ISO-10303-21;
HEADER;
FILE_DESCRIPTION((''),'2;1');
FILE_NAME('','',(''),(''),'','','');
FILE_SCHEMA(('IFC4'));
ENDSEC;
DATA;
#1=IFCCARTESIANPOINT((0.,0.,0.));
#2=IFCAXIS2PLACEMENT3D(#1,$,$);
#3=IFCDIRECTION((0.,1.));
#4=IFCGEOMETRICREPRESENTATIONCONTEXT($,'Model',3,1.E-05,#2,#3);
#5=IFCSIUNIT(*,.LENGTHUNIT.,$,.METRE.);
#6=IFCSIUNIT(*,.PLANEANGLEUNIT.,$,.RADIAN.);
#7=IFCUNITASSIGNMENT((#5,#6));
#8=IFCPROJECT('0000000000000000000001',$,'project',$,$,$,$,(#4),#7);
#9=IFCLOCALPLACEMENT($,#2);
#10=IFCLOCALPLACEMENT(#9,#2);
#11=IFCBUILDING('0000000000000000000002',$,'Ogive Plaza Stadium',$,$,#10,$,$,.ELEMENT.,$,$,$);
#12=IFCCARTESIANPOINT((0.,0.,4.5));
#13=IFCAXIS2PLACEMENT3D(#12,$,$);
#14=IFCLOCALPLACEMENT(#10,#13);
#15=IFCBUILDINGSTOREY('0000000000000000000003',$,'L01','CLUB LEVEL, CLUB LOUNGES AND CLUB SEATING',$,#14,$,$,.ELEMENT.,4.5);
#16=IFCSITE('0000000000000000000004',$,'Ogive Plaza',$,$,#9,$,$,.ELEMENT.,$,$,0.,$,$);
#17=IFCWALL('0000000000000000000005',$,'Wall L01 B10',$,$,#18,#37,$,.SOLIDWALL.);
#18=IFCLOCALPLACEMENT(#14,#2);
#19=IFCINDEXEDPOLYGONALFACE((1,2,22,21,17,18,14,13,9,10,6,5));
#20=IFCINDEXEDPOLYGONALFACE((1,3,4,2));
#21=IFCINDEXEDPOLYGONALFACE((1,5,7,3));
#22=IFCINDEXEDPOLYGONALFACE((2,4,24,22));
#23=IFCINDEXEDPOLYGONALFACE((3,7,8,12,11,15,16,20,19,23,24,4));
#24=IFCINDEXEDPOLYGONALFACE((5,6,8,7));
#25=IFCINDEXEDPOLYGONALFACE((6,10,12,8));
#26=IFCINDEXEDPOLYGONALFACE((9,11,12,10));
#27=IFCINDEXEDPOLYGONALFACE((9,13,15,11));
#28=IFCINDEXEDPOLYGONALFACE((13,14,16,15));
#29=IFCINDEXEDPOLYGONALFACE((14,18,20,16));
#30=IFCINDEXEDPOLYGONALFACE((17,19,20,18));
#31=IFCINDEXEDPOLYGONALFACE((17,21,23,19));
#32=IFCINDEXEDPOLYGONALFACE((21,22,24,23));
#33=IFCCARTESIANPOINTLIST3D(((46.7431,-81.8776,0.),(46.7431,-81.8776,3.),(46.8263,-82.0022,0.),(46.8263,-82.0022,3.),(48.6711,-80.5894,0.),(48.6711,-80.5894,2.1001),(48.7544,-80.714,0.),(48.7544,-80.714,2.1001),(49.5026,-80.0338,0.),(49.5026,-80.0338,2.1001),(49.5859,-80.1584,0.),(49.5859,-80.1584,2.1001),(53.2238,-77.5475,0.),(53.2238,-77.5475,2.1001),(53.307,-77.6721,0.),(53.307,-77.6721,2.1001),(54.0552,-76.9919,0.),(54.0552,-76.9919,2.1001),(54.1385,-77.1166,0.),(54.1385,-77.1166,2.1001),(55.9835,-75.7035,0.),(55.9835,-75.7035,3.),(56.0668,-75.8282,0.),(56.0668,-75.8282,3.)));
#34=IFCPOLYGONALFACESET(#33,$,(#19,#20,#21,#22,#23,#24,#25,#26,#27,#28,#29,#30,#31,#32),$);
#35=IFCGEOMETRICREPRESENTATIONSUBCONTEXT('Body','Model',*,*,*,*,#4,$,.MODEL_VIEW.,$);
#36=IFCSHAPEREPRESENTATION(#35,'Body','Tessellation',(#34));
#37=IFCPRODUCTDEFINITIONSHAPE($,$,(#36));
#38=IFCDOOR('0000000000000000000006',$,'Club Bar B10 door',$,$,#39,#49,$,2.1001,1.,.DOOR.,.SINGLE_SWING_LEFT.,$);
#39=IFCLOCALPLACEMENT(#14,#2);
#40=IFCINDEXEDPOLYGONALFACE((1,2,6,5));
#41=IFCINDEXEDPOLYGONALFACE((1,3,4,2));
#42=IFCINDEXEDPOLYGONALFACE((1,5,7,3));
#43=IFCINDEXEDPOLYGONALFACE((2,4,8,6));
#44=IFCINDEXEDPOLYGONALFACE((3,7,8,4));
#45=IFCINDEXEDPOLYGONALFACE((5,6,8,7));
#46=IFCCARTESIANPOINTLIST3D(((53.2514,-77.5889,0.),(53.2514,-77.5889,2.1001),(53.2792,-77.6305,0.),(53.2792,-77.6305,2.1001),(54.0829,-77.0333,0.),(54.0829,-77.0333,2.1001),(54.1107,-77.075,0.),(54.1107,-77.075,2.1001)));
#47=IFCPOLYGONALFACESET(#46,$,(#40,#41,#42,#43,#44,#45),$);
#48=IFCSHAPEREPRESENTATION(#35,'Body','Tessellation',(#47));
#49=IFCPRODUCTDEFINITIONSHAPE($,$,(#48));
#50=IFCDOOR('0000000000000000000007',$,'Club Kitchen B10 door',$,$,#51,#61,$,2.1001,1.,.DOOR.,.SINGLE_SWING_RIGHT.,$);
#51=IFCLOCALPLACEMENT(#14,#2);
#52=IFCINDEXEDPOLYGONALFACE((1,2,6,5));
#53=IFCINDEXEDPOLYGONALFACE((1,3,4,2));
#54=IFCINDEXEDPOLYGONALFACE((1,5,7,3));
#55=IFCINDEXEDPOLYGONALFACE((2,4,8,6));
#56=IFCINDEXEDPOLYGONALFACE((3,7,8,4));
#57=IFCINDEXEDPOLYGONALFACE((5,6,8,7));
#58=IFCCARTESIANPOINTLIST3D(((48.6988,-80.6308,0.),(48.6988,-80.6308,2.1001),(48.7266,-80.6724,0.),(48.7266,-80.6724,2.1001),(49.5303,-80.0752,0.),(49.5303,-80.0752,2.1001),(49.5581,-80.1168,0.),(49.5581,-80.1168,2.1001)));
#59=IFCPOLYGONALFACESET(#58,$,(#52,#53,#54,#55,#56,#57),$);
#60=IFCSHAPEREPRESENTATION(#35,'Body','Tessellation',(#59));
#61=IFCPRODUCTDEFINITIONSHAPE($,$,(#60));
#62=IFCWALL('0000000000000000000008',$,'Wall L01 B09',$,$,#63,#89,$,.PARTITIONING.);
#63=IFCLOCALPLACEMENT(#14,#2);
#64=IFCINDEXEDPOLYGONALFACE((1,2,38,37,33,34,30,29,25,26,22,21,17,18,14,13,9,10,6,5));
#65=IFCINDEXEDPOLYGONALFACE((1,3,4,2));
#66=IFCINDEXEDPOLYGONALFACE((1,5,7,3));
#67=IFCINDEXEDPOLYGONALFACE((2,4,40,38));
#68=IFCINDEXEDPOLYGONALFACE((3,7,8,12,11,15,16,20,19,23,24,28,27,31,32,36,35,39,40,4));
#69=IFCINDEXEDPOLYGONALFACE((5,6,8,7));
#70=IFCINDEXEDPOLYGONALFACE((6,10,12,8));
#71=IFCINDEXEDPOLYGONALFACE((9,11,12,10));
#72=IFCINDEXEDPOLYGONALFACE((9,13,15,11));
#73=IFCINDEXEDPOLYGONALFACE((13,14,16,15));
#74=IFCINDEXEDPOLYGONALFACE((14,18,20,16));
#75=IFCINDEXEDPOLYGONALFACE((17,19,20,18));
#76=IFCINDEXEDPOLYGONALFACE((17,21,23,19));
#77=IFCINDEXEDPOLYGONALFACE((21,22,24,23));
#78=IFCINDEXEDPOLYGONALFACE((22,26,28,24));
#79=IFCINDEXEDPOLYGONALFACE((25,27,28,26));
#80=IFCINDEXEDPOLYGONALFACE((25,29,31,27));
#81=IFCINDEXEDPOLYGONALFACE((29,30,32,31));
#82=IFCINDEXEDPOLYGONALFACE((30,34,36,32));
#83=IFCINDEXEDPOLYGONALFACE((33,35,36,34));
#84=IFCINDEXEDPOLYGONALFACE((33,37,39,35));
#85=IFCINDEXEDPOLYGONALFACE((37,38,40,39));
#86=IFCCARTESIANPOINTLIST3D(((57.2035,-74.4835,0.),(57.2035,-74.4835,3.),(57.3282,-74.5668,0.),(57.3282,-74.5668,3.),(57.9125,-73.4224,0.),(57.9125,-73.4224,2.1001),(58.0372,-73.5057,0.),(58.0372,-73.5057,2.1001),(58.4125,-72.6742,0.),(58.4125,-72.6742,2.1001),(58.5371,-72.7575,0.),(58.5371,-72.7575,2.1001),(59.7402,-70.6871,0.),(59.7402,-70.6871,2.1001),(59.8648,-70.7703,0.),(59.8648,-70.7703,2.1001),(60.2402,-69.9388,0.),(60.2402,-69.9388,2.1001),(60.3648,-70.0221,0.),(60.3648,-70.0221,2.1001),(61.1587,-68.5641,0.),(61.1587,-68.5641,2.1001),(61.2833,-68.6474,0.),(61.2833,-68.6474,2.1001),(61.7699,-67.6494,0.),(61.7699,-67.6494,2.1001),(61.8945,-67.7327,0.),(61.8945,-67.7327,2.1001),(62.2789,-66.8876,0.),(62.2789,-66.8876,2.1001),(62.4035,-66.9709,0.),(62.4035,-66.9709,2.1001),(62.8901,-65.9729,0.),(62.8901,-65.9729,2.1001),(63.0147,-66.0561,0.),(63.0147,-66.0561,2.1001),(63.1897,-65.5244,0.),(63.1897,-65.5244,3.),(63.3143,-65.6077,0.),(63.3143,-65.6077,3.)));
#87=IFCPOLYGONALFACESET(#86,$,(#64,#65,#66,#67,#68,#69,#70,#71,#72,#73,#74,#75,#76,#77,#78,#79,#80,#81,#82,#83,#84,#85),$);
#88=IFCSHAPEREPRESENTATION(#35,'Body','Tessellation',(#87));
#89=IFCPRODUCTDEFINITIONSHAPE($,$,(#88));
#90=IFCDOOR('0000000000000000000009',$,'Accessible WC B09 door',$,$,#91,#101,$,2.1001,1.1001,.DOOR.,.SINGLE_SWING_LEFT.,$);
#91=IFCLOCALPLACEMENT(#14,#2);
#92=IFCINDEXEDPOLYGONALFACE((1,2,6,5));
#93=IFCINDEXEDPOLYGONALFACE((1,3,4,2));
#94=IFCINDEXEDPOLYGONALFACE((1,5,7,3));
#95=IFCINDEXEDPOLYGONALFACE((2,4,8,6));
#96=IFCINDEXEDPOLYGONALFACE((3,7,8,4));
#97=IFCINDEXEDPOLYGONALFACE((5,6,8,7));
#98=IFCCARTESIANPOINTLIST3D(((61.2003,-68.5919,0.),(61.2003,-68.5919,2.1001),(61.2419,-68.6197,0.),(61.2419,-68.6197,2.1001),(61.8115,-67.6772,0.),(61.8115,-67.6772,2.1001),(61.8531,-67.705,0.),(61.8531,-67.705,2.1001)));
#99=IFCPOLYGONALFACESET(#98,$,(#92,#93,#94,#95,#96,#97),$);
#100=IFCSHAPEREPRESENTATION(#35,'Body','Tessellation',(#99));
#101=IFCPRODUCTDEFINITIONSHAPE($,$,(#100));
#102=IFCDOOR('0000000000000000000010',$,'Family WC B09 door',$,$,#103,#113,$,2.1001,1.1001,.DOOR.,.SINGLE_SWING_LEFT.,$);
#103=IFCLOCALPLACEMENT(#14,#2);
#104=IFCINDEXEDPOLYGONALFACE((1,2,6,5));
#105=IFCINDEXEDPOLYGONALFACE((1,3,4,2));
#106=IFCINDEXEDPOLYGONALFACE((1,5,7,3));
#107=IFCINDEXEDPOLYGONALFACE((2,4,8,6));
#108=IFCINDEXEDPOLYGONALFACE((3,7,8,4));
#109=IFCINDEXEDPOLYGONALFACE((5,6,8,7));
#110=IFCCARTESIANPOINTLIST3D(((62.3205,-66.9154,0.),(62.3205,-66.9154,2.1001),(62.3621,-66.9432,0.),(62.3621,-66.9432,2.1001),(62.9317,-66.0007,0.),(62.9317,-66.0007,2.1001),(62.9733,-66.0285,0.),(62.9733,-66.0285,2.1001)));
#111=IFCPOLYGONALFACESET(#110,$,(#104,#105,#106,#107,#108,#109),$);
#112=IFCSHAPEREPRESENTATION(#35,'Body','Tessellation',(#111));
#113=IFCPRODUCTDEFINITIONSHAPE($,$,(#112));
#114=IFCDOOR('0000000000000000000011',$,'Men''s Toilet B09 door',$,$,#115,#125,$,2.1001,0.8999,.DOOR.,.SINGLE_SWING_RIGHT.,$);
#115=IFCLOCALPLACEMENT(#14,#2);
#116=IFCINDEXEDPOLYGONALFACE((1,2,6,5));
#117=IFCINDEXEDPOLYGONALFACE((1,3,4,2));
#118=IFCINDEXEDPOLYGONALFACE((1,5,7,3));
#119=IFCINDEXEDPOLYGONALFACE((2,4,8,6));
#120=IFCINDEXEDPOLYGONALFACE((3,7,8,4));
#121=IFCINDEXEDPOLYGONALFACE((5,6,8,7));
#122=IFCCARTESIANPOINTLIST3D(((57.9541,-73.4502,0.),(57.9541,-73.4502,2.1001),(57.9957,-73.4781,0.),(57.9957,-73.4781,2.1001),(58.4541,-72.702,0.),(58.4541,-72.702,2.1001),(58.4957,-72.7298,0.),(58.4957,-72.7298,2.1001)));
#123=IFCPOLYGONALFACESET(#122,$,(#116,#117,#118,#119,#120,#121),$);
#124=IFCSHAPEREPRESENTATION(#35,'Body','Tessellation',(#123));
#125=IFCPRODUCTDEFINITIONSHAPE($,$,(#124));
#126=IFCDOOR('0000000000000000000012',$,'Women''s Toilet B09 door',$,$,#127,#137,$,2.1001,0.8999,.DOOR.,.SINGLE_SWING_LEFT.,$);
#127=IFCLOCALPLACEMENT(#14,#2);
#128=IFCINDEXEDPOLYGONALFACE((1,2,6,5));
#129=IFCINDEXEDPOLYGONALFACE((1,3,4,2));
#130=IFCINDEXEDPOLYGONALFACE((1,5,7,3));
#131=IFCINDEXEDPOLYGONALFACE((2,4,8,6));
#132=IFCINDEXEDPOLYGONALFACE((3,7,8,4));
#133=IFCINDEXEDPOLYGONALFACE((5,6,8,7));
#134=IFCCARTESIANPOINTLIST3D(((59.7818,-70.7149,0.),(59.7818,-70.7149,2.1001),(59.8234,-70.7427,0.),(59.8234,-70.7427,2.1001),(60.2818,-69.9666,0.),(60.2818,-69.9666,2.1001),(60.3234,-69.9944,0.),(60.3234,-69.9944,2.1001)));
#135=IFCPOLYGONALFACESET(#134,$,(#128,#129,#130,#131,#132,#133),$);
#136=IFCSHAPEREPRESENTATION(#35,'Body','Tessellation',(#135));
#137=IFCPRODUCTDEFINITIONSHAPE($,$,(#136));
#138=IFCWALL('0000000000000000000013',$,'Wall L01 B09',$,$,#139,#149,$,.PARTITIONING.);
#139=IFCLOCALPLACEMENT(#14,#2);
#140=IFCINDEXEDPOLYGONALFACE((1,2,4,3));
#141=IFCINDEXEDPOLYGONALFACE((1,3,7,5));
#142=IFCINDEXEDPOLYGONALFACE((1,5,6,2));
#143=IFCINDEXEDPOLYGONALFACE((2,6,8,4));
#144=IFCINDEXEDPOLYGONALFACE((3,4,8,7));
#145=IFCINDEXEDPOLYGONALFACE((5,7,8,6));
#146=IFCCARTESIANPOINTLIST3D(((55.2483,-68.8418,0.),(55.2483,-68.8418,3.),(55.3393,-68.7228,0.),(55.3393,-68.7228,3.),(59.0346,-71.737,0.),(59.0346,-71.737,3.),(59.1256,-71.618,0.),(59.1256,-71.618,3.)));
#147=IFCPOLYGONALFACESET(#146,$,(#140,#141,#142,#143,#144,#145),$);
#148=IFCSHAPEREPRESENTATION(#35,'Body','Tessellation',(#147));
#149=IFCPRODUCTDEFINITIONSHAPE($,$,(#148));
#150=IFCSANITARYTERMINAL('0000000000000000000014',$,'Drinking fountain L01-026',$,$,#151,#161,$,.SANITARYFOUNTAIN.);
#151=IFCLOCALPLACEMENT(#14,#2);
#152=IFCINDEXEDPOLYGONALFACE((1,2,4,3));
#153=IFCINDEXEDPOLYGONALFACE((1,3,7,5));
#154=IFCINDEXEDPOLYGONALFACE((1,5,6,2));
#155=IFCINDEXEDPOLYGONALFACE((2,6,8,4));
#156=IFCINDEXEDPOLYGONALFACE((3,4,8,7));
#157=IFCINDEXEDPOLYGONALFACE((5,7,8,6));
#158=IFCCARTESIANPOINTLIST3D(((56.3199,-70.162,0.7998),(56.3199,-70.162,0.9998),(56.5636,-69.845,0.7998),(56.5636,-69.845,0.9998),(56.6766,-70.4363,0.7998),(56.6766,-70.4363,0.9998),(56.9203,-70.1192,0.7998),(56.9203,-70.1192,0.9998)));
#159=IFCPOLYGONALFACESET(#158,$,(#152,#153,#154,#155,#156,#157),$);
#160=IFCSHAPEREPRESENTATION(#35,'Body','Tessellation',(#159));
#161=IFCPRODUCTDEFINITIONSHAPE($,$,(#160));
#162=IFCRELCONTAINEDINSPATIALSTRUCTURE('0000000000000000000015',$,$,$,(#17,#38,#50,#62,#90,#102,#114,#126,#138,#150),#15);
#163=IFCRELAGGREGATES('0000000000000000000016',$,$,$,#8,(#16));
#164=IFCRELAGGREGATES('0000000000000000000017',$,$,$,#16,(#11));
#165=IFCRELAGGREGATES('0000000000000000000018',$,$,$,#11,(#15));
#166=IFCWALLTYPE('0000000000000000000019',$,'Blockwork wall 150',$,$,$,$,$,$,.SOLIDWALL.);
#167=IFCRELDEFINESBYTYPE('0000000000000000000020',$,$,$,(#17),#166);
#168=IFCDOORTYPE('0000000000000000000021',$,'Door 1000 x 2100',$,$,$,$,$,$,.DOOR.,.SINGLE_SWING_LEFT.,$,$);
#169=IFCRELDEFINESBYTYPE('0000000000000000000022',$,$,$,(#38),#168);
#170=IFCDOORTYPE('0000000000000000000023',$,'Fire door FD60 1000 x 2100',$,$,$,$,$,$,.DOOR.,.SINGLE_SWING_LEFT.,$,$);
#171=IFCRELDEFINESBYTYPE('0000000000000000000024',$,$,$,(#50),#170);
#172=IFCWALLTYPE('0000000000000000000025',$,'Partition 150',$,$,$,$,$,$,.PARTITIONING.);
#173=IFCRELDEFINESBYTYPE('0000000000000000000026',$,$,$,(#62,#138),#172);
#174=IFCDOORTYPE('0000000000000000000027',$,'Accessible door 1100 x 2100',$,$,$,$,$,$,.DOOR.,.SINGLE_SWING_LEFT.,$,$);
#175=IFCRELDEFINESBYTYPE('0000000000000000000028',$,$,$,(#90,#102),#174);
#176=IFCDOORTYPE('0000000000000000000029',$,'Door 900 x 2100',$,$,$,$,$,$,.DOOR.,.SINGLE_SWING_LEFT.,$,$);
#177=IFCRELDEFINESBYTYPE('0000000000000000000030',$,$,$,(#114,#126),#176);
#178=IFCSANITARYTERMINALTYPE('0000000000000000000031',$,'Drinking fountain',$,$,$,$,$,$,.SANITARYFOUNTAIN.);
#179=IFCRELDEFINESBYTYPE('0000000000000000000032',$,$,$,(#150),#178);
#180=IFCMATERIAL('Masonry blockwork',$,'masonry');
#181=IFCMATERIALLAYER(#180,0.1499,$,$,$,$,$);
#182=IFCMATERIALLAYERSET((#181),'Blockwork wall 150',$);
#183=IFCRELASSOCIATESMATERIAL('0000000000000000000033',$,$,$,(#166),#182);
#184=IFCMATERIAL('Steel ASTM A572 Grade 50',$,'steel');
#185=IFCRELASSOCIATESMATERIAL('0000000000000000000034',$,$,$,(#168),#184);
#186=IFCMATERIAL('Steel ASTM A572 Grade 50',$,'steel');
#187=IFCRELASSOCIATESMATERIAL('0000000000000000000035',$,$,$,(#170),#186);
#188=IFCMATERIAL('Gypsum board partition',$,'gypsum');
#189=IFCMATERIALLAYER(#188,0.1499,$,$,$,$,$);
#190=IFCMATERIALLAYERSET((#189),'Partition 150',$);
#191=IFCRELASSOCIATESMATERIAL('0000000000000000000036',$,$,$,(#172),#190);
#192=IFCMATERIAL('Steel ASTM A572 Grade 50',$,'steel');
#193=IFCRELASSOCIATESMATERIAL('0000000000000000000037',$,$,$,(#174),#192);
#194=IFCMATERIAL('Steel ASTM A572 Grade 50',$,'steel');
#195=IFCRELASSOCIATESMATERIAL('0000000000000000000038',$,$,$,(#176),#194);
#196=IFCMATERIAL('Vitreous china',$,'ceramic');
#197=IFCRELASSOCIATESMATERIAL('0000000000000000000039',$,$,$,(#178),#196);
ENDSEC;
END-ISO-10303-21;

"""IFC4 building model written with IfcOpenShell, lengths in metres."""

from ifc_helpers import new_model, si_unit, direction, frame, frame_2d, origin, origin_2d, place, context, subcontext, project, spatial, rectangle, extrude, material, layer, layer_set, type_object, element, fill, save


model = new_model("IFC4")

# Units and contexts
model_context = context("Model", 3, precision=1e-05, world=origin(), true_north=direction((0.0, 1.0)))
body_context = subcontext(model_context, "Body", "Model", "MODEL_VIEW")
ifc_project = project(units=[si_unit("LENGTHUNIT", "METRE"), si_unit("PLANEANGLEUNIT", "RADIAN")], contexts=[model_context])

# Site, building, storey
site_placement = place(None, origin())
site = spatial("IfcSite", under=ifc_project, at=site_placement, Name="Ogive Plaza", CompositionType="ELEMENT", RefElevation=0.0)
building_placement = place(site_placement, origin())
building = spatial("IfcBuilding", under=site, at=building_placement, Name="Ogive Plaza Stadium", CompositionType="ELEMENT")
storey_placement = place(building_placement, frame((0.0, 0.0, 4.5)))
storey = spatial("IfcBuildingStorey", under=building, at=storey_placement, Name="L01", Description="CLUB LEVEL, CLUB LOUNGES AND CLUB SEATING", CompositionType="ELEMENT", Elevation=4.5)

# Walls, openings, doors
ifc_material_1 = material(Name="Masonry blockwork", Category="masonry")
ifc_layer_1 = layer(ifc_material_1, 0.1499)
ifc_layer_set_1 = layer_set([ifc_layer_1], Name="Blockwork wall 150")
wall_type_1 = type_object("IfcWallType", Name="Blockwork wall 150", PredefinedType="SOLIDWALL", material=ifc_layer_set_1)
wall_1_placement = place(storey_placement, frame((56.0251, -75.7659, 0.0), z_axis=(0.0, 0.0, 1.0), x_axis=(-0.831479, -0.555557, 0.0)))
wall_1 = element("IfcWall", 1, at=wall_1_placement, inside=storey, type_object=wall_type_1, Name="Wall L01 B10", PredefinedType="SOLIDWALL", context=body_context, shape_type="SweptSolid", body=[
    extrude(rectangle(XDim=11.1133, YDim=0.1499, at=frame_2d((5.5566, 0.0))), origin(), (0.0, 0.0, 1.0), 3.0),
])
opening_1_placement = place(wall_1_placement, frame((2.3191, 0.0, 0.0)))
opening_1 = element("IfcOpeningElement", 2, at=opening_1_placement, cuts=wall_1, PredefinedType="OPENING", context=body_context, shape_type="SweptSolid", body=[
    extrude(rectangle(XDim=1.0, YDim=2.1001, at=frame_2d((0.5, 1.05))), frame((0.0, 0.075, 0.0), z_axis=(0.0, -1.0, 0.0), x_axis=(1.0, 0.0, 0.0)), (0.0, 0.0, 1.0), 0.1499),
])
opening_2_placement = place(wall_1_placement, frame((7.7944, 0.0, 0.0)))
opening_2 = element("IfcOpeningElement", 3, at=opening_2_placement, cuts=wall_1, PredefinedType="OPENING", context=body_context, shape_type="SweptSolid", body=[
    extrude(rectangle(XDim=1.0, YDim=2.1001, at=frame_2d((0.5, 1.05))), frame((0.0, 0.075, 0.0), z_axis=(0.0, -1.0, 0.0), x_axis=(1.0, 0.0, 0.0)), (0.0, 0.0, 1.0), 0.1499),
])
ifc_material_2 = material(Name="Steel ASTM A572 Grade 50", Category="steel")
door_type_1 = type_object("IfcDoorType", Name="Door 1000 x 2100", OperationType="SINGLE_SWING_LEFT", PredefinedType="DOOR", material=ifc_material_2)
door_1_placement = place(opening_1_placement, origin())
door_1 = element("IfcDoor", 4, at=door_1_placement, inside=storey, type_object=door_type_1, Name="Club Bar B10 door", OperationType="SINGLE_SWING_LEFT", OverallHeight=2.1001, OverallWidth=1.0, PredefinedType="DOOR", context=body_context, shape_type="SweptSolid", body=[
    extrude(rectangle(XDim=1.0, YDim=2.1001, at=frame_2d((0.5, 1.05))), frame((0.0, 0.0249, 0.0), z_axis=(0.0, -1.0, 0.0), x_axis=(1.0, 0.0, 0.0)), (0.0, 0.0, 1.0), 0.05),
])
fill(opening_1, door_1)
ifc_material_3 = material(Name="Steel ASTM A572 Grade 50", Category="steel")
door_type_2 = type_object("IfcDoorType", Name="Fire door FD60 1000 x 2100", OperationType="SINGLE_SWING_LEFT", PredefinedType="DOOR", material=ifc_material_3)
door_2_placement = place(opening_2_placement, origin())
door_2 = element("IfcDoor", 5, at=door_2_placement, inside=storey, type_object=door_type_2, Name="Club Kitchen B10 door", OperationType="SINGLE_SWING_RIGHT", OverallHeight=2.1001, OverallWidth=1.0, PredefinedType="DOOR", context=body_context, shape_type="SweptSolid", body=[
    extrude(rectangle(XDim=1.0, YDim=2.1001, at=frame_2d((0.5, 1.05))), frame((0.0, 0.0249, 0.0), z_axis=(0.0, -1.0, 0.0), x_axis=(1.0, 0.0, 0.0)), (0.0, 0.0, 1.0), 0.05),
])
fill(opening_2, door_2)
ifc_material_4 = material(Name="Gypsum board partition", Category="gypsum")
ifc_layer_2 = layer(ifc_material_4, 0.1499)
ifc_layer_set_2 = layer_set([ifc_layer_2], Name="Partition 150")
wall_type_2 = type_object("IfcWallType", Name="Partition 150", PredefinedType="PARTITIONING", material=ifc_layer_set_2)
wall_2_placement = place(storey_placement, frame((57.2659, -74.5251, 0.0), z_axis=(0.0, 0.0, 1.0), x_axis=(0.555563, 0.831475, 0.0)))
wall_2 = element("IfcWall", 6, at=wall_2_placement, inside=storey, type_object=wall_type_2, Name="Wall L01 B09", PredefinedType="PARTITIONING", context=body_context, shape_type="SweptSolid", body=[
    extrude(rectangle(XDim=10.7749, YDim=0.1499, at=frame_2d((5.3875, 0.0))), origin(), (0.0, 0.0, 1.0), 3.0),
])
opening_3_placement = place(wall_2_placement, frame((1.2761, 0.0, 0.0)))
opening_3 = element("IfcOpeningElement", 7, at=opening_3_placement, cuts=wall_2, PredefinedType="OPENING", context=body_context, shape_type="SweptSolid", body=[
    extrude(rectangle(XDim=0.8999, YDim=2.1001, at=frame_2d((0.45, 1.05))), frame((0.0, 0.075, 0.0), z_axis=(0.0, -1.0, 0.0), x_axis=(1.0, 0.0, 0.0)), (0.0, 0.0, 1.0), 0.1499),
])
opening_4_placement = place(wall_2_placement, frame((4.5659, 0.0, 0.0)))
opening_4 = element("IfcOpeningElement", 8, at=opening_4_placement, cuts=wall_2, PredefinedType="OPENING", context=body_context, shape_type="SweptSolid", body=[
    extrude(rectangle(XDim=0.8999, YDim=2.1001, at=frame_2d((0.45, 1.05))), frame((0.0, 0.075, 0.0), z_axis=(0.0, -1.0, 0.0), x_axis=(1.0, 0.0, 0.0)), (0.0, 0.0, 1.0), 0.1499),
])
opening_5_placement = place(wall_2_placement, frame((7.1191, 0.0, 0.0)))
opening_5 = element("IfcOpeningElement", 9, at=opening_5_placement, cuts=wall_2, PredefinedType="OPENING", context=body_context, shape_type="SweptSolid", body=[
    extrude(rectangle(XDim=1.1001, YDim=2.1001, at=frame_2d((0.55, 1.05))), frame((0.0, 0.075, 0.0), z_axis=(0.0, -1.0, 0.0), x_axis=(1.0, 0.0, 0.0)), (0.0, 0.0, 1.0), 0.1499),
])
opening_6_placement = place(wall_2_placement, frame((9.1355, 0.0, 0.0)))
opening_6 = element("IfcOpeningElement", 10, at=opening_6_placement, cuts=wall_2, PredefinedType="OPENING", context=body_context, shape_type="SweptSolid", body=[
    extrude(rectangle(XDim=1.1001, YDim=2.1001, at=frame_2d((0.55, 1.05))), frame((0.0, 0.075, 0.0), z_axis=(0.0, -1.0, 0.0), x_axis=(1.0, 0.0, 0.0)), (0.0, 0.0, 1.0), 0.1499),
])
ifc_material_5 = material(Name="Steel ASTM A572 Grade 50", Category="steel")
door_type_3 = type_object("IfcDoorType", Name="Accessible door 1100 x 2100", OperationType="SINGLE_SWING_LEFT", PredefinedType="DOOR", material=ifc_material_5)
door_3_placement = place(opening_5_placement, origin())
door_3 = element("IfcDoor", 11, at=door_3_placement, inside=storey, type_object=door_type_3, Name="Accessible WC B09 door", OperationType="SINGLE_SWING_LEFT", OverallHeight=2.1001, OverallWidth=1.1001, PredefinedType="DOOR", context=body_context, shape_type="SweptSolid", body=[
    extrude(rectangle(XDim=1.1001, YDim=2.1001, at=frame_2d((0.55, 1.05))), frame((0.0, 0.0249, 0.0), z_axis=(0.0, -1.0, 0.0), x_axis=(1.0, 0.0, 0.0)), (0.0, 0.0, 1.0), 0.05),
])
fill(opening_5, door_3)
door_4_placement = place(opening_6_placement, origin())
door_4 = element("IfcDoor", 12, at=door_4_placement, inside=storey, type_object=door_type_3, Name="Family WC B09 door", OperationType="SINGLE_SWING_LEFT", OverallHeight=2.1001, OverallWidth=1.1001, PredefinedType="DOOR", context=body_context, shape_type="SweptSolid", body=[
    extrude(rectangle(XDim=1.1001, YDim=2.1001, at=frame_2d((0.55, 1.05))), frame((0.0, 0.0249, 0.0), z_axis=(0.0, -1.0, 0.0), x_axis=(1.0, 0.0, 0.0)), (0.0, 0.0, 1.0), 0.05),
])
fill(opening_6, door_4)
ifc_material_6 = material(Name="Steel ASTM A572 Grade 50", Category="steel")
door_type_4 = type_object("IfcDoorType", Name="Door 900 x 2100", OperationType="SINGLE_SWING_LEFT", PredefinedType="DOOR", material=ifc_material_6)
door_5_placement = place(opening_3_placement, origin())
door_5 = element("IfcDoor", 13, at=door_5_placement, inside=storey, type_object=door_type_4, Name="Men's Toilet B09 door", OperationType="SINGLE_SWING_RIGHT", OverallHeight=2.1001, OverallWidth=0.8999, PredefinedType="DOOR", context=body_context, shape_type="SweptSolid", body=[
    extrude(rectangle(XDim=0.8999, YDim=2.1001, at=frame_2d((0.45, 1.05))), frame((0.0, 0.0249, 0.0), z_axis=(0.0, -1.0, 0.0), x_axis=(1.0, 0.0, 0.0)), (0.0, 0.0, 1.0), 0.05),
])
fill(opening_3, door_5)
door_6_placement = place(opening_4_placement, origin())
door_6 = element("IfcDoor", 14, at=door_6_placement, inside=storey, type_object=door_type_4, Name="Women's Toilet B09 door", OperationType="SINGLE_SWING_LEFT", OverallHeight=2.1001, OverallWidth=0.8999, PredefinedType="DOOR", context=body_context, shape_type="SweptSolid", body=[
    extrude(rectangle(XDim=0.8999, YDim=2.1001, at=frame_2d((0.45, 1.05))), frame((0.0, 0.0249, 0.0), z_axis=(0.0, -1.0, 0.0), x_axis=(1.0, 0.0, 0.0)), (0.0, 0.0, 1.0), 0.05),
])
fill(opening_4, door_6)

# Wall
wall_3_placement = place(storey_placement, frame((55.2937, -68.7822, 0.0), z_axis=(0.0, 0.0, 1.0), x_axis=(0.794378, -0.607423, 0.0)))
element("IfcWall", 15, at=wall_3_placement, inside=storey, type_object=wall_type_2, Name="Wall L01 B09", PredefinedType="PARTITIONING", context=body_context, shape_type="SweptSolid", body=[
    extrude(rectangle(XDim=4.7664, YDim=0.1499, at=frame_2d((2.3833, 0.0))), origin(), (0.0, 0.0, 1.0), 3.0),
])

# Sanitary terminal
ifc_material_7 = material(Name="Vitreous china", Category="ceramic")
sanitary_terminal_type_1 = type_object("IfcSanitaryTerminalType", Name="Drinking fountain", PredefinedType="SANITARYFOUNTAIN", material=ifc_material_7)
sanitary_terminal_placement = place(storey_placement, frame((56.6201, -70.1406, 0.7998), z_axis=(0.0, 0.0, 1.0), x_axis=(0.792822, -0.609454, 0.0)))
element("IfcSanitaryTerminal", 16, at=sanitary_terminal_placement, inside=storey, type_object=sanitary_terminal_type_1, Name="Drinking fountain L01-026", PredefinedType="SANITARYFOUNTAIN", context=body_context, shape_type="SweptSolid", body=[
    extrude(rectangle(XDim=0.45, YDim=0.3999, at=origin_2d()), origin(), (0.0, 0.0, 1.0), 0.2),
])

save(model, "model.ifc")
